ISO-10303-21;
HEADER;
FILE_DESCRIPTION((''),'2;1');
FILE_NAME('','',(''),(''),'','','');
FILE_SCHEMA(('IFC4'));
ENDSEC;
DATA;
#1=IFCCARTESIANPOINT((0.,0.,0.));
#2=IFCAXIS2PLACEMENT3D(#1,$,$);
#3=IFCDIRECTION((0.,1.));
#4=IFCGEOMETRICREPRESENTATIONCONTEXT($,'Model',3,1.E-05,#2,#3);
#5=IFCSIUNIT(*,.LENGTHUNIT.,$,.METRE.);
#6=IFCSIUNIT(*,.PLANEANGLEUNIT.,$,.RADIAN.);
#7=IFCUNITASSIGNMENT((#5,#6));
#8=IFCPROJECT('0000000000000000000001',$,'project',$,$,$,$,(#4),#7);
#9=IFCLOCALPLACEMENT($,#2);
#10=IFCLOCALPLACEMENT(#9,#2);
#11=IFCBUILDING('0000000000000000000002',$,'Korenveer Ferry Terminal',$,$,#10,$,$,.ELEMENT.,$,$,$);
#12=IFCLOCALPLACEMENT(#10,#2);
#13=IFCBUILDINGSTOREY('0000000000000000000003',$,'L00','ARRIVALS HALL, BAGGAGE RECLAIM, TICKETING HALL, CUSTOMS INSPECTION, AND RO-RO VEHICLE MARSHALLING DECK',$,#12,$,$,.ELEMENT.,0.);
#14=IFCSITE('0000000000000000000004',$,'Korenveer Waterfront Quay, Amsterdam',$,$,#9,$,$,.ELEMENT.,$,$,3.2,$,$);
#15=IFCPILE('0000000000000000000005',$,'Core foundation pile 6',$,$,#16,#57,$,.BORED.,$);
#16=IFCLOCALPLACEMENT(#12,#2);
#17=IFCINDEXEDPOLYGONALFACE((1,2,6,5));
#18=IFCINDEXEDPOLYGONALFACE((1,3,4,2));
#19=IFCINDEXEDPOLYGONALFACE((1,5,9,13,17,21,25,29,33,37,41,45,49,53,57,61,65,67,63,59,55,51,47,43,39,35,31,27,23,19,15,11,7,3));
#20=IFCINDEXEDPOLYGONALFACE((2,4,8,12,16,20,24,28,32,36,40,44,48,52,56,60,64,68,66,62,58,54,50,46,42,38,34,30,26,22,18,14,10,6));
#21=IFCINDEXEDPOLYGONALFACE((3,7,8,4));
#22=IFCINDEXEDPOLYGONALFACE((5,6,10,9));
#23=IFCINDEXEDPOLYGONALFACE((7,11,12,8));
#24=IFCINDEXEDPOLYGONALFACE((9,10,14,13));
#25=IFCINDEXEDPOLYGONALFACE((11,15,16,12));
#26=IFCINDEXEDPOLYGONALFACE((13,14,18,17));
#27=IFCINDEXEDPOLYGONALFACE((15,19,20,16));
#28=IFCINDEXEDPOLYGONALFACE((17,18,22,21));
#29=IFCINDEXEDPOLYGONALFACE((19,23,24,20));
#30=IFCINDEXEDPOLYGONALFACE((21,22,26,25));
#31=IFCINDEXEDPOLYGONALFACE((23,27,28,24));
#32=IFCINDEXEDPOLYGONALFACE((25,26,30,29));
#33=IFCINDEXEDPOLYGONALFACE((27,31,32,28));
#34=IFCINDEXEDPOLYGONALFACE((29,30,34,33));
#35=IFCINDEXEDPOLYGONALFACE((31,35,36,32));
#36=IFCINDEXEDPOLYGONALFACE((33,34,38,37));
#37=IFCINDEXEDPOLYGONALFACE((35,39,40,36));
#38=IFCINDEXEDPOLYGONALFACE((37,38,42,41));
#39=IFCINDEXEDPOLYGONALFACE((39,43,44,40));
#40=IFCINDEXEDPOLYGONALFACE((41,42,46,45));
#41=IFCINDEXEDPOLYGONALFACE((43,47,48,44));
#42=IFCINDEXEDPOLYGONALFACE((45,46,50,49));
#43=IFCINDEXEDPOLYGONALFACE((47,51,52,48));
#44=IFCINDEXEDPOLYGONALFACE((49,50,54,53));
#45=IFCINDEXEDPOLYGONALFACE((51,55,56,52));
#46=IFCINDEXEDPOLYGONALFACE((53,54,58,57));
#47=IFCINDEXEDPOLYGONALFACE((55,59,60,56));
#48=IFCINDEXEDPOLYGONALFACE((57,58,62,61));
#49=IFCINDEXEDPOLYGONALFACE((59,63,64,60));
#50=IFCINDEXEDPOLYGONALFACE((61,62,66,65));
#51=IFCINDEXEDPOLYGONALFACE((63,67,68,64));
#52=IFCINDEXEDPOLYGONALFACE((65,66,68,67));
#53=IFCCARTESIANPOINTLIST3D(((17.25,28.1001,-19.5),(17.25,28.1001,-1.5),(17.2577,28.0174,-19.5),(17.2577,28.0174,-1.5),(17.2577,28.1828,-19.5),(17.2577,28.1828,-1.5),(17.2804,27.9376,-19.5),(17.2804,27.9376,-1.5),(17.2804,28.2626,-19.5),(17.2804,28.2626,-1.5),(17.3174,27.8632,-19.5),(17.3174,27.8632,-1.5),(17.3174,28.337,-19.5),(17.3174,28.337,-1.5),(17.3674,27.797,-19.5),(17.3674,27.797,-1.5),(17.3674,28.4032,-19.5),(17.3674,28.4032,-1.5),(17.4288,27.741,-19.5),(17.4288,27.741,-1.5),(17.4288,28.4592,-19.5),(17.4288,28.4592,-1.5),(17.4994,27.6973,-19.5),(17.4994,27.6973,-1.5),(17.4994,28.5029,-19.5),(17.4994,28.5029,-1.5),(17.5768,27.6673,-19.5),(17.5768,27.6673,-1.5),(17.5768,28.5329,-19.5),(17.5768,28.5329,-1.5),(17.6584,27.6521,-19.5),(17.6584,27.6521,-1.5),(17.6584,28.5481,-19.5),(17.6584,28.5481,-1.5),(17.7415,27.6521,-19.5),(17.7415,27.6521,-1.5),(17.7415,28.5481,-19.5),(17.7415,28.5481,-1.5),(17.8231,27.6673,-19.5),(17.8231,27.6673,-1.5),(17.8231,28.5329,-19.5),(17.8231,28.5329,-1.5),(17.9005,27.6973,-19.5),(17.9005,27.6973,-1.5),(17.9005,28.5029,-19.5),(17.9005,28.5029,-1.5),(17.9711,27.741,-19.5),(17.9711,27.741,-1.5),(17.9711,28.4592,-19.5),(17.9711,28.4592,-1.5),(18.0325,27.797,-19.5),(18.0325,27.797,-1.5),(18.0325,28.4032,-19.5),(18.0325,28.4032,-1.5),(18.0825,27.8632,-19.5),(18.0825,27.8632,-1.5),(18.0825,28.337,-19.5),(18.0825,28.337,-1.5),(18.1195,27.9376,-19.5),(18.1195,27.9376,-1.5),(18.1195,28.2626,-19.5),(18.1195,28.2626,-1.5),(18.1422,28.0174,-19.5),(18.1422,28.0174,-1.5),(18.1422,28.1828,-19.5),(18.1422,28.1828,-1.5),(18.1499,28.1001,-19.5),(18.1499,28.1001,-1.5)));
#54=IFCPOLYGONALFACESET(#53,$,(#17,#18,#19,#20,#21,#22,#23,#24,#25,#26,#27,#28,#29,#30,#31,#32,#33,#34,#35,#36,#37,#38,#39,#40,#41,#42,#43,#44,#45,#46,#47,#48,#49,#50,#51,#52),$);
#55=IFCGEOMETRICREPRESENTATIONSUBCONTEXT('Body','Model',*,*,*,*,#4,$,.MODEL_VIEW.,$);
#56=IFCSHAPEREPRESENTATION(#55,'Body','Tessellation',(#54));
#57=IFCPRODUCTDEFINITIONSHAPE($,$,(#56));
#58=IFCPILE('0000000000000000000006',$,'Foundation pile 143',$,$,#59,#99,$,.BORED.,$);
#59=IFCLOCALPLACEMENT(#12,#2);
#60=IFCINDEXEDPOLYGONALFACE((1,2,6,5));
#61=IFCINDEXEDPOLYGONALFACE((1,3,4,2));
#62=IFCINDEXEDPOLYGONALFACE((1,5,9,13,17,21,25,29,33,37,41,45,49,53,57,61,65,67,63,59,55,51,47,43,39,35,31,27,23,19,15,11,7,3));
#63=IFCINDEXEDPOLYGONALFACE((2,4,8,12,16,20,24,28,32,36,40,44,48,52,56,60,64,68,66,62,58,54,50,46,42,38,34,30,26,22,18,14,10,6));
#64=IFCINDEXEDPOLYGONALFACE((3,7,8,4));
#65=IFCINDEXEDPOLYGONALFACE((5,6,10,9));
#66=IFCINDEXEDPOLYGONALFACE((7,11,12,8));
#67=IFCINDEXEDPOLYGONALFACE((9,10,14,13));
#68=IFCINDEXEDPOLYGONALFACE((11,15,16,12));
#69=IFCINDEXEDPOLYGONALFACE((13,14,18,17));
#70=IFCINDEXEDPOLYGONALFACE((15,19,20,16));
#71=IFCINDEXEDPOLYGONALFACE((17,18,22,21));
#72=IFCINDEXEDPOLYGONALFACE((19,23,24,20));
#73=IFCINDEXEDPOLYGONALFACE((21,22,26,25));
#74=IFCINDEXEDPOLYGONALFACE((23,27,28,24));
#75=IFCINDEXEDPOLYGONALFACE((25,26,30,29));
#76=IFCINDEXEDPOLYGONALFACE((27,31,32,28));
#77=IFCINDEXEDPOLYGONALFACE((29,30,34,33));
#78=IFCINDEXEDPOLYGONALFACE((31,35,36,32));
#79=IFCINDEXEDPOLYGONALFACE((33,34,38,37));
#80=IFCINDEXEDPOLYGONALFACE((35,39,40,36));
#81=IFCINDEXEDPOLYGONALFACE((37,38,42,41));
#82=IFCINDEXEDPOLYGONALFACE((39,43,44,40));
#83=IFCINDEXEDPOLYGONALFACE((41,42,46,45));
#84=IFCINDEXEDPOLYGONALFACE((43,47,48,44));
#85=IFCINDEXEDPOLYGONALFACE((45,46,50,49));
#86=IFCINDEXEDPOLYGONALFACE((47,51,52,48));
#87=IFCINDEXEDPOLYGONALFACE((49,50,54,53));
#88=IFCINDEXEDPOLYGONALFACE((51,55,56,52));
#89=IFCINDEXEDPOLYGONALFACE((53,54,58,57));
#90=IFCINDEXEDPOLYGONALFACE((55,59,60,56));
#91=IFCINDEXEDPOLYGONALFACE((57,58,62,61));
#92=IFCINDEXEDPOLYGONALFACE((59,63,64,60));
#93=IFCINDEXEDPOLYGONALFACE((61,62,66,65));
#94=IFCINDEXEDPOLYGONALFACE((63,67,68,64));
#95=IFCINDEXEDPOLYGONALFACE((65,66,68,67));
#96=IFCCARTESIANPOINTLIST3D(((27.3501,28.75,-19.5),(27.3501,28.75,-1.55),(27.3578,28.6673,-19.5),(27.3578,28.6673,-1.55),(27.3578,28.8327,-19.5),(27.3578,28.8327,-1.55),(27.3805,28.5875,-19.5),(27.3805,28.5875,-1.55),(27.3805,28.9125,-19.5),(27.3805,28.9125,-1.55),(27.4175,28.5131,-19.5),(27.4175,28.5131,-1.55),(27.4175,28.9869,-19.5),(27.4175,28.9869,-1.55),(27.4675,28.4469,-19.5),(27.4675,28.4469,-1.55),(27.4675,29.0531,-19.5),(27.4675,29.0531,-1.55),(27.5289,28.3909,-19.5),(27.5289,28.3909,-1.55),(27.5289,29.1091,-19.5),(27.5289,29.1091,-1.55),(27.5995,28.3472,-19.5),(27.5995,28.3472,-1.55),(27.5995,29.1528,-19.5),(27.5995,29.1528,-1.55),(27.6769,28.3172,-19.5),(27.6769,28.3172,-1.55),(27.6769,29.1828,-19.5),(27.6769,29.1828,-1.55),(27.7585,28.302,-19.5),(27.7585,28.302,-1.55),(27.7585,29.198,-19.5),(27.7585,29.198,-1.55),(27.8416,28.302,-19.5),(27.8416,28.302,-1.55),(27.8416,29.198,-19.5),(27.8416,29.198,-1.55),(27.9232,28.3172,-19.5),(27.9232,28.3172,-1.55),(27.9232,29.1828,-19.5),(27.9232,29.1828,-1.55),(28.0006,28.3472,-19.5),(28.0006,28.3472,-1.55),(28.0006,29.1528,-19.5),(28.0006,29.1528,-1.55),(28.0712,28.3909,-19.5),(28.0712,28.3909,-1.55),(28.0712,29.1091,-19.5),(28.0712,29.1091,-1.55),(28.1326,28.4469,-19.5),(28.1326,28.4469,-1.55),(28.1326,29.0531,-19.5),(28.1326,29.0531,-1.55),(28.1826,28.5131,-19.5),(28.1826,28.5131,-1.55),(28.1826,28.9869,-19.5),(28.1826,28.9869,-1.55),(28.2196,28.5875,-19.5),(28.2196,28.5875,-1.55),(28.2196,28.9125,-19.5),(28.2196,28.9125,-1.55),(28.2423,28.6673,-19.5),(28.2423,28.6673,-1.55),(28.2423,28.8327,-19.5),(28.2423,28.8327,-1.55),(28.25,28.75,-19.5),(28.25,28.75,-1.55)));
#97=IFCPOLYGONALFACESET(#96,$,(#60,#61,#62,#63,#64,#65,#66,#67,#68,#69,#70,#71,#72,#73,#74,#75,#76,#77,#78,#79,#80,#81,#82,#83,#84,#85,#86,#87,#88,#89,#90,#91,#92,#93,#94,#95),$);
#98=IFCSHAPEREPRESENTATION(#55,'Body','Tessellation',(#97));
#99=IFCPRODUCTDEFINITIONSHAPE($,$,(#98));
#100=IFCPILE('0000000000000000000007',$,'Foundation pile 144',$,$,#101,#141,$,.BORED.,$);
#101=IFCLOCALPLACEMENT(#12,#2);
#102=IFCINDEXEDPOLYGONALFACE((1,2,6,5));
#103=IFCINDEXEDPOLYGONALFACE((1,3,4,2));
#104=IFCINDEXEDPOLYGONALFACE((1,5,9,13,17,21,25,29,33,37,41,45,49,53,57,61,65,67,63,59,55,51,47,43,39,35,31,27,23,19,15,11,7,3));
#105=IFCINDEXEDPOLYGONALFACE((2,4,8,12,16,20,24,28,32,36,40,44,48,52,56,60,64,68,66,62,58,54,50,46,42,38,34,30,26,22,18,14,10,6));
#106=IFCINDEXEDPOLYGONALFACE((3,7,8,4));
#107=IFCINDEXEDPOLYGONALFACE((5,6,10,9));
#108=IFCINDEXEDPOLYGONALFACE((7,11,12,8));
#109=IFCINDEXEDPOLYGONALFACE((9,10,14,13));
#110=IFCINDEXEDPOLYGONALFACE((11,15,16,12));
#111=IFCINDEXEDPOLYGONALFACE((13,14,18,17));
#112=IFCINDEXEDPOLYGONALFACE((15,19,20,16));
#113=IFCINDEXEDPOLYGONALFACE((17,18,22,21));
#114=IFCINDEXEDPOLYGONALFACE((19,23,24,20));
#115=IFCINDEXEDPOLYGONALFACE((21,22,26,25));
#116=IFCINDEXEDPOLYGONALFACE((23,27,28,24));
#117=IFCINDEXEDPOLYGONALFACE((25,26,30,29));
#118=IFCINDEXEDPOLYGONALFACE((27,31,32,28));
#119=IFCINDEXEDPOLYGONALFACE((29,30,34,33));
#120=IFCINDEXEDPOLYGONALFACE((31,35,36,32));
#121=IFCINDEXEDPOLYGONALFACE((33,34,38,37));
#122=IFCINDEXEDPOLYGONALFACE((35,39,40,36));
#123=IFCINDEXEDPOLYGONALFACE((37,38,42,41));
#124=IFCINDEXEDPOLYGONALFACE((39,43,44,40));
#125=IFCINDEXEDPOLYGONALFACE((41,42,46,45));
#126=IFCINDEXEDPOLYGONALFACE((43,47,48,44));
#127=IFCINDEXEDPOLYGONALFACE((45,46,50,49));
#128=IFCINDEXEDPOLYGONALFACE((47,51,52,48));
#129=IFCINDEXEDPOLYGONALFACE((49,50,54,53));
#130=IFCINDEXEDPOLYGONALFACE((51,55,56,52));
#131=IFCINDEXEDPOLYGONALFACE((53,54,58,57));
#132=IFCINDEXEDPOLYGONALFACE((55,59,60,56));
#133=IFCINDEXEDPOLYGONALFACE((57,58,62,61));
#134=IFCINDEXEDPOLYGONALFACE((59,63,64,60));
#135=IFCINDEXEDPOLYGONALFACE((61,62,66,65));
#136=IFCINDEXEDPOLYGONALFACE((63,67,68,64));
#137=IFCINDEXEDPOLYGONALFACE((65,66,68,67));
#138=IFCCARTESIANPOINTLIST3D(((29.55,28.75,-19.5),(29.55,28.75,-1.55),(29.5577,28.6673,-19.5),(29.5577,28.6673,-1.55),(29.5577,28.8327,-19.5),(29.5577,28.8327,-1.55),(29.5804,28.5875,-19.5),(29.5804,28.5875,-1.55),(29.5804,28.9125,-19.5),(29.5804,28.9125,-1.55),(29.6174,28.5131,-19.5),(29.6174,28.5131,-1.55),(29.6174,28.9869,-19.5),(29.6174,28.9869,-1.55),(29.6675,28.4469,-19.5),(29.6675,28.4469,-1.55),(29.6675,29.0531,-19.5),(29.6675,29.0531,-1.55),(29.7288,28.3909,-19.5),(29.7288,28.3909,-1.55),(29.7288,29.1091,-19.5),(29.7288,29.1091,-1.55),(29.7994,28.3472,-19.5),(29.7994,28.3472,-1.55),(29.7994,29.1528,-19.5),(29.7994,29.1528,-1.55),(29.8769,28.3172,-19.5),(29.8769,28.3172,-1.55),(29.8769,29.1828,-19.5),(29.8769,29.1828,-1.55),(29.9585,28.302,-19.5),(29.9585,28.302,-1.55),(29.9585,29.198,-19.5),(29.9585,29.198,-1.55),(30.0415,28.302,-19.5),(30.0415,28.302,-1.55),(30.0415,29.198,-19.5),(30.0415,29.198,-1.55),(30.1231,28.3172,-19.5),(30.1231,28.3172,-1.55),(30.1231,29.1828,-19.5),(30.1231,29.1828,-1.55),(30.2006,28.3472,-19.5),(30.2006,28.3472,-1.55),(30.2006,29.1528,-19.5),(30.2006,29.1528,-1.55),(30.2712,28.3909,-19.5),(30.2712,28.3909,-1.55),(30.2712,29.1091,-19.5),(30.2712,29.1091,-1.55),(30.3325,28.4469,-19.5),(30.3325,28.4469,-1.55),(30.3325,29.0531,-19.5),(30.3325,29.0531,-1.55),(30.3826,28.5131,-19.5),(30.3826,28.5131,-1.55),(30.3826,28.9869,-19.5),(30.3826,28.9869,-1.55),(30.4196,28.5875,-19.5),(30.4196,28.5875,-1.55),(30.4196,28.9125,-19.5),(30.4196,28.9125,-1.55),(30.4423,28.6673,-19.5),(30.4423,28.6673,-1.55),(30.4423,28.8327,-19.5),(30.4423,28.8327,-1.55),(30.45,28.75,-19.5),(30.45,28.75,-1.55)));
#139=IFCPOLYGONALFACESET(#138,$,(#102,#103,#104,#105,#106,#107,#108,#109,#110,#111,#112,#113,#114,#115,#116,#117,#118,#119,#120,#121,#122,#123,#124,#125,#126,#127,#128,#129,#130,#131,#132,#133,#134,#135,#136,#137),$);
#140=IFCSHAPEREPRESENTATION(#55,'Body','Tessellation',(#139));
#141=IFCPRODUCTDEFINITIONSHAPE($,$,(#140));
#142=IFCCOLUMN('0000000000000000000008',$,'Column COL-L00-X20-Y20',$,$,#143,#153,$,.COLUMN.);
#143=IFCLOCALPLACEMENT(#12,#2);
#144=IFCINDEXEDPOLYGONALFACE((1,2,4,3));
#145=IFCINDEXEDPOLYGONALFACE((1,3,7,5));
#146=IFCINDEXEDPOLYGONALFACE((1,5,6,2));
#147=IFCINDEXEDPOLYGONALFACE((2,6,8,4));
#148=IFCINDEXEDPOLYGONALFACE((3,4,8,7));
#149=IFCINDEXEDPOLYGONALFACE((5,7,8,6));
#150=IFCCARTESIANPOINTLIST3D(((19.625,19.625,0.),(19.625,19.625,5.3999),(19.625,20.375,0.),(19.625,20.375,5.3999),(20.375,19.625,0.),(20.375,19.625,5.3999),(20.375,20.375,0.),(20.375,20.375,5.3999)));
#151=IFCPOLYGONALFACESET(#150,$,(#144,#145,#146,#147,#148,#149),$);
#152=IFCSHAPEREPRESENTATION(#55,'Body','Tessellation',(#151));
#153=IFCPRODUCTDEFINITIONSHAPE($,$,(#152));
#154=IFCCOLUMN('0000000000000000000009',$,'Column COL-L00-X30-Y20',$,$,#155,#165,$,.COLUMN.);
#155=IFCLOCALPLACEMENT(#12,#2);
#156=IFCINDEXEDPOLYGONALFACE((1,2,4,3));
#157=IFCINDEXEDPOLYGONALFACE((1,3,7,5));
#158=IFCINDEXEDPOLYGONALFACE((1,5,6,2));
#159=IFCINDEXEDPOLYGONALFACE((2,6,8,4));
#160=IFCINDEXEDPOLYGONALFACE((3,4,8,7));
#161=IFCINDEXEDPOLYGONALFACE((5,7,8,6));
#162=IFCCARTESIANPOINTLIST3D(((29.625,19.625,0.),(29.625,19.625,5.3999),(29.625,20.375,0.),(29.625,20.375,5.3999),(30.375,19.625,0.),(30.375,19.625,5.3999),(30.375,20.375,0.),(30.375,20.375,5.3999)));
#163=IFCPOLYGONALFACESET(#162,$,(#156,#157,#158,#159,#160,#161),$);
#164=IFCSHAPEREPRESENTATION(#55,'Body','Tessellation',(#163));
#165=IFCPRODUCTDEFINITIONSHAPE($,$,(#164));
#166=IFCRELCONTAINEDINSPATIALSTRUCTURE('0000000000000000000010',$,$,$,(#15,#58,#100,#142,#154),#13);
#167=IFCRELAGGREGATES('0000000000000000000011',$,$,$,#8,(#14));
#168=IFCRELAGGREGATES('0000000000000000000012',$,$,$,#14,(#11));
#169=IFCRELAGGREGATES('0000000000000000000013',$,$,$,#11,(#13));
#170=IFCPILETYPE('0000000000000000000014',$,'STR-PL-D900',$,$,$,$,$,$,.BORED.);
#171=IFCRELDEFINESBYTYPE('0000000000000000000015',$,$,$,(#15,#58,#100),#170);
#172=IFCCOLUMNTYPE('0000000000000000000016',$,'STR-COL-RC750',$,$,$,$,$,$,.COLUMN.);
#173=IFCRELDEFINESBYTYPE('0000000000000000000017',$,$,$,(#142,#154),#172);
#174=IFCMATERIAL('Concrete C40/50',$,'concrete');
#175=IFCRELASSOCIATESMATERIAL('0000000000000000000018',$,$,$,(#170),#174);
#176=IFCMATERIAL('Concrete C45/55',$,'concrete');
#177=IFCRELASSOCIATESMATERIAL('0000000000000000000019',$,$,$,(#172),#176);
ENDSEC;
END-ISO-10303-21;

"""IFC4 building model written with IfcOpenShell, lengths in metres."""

from ifc_helpers import new_model, si_unit, direction, frame, origin, origin_2d, place, context, subcontext, project, spatial, rectangle, circle, extrude, material, material_profile, profile_set, type_object, element, save


model = new_model("IFC4")

# Units and contexts
model_context = context("Model", 3, precision=1e-05, world=origin(), true_north=direction((0.0, 1.0)))
body_context = subcontext(model_context, "Body", "Model", "MODEL_VIEW")
ifc_project = project(units=[si_unit("LENGTHUNIT", "METRE"), si_unit("PLANEANGLEUNIT", "RADIAN")], contexts=[model_context])

# Site, building, storey
site_placement = place(None, origin())
site = spatial("IfcSite", under=ifc_project, at=site_placement, Name="Korenveer Waterfront Quay, Amsterdam", CompositionType="ELEMENT", RefElevation=3.2)
building_placement = place(site_placement, origin())
building = spatial("IfcBuilding", under=site, at=building_placement, Name="Korenveer Ferry Terminal", CompositionType="ELEMENT")
storey_placement = place(building_placement, origin())
storey = spatial("IfcBuildingStorey", under=building, at=storey_placement, Name="L00", Description="ARRIVALS HALL, BAGGAGE RECLAIM, TICKETING HALL, CUSTOMS INSPECTION, AND RO-RO VEHICLE MARSHALLING DECK", CompositionType="ELEMENT", Elevation=0.0)

# Shared definitions
ifc_material_1 = material(Name="Concrete C40/50", Category="concrete")
ifc_material_2 = material(Name="Concrete C45/55", Category="concrete")

# Piles
ifc_material_profile_1 = material_profile(ifc_material_1, circle(Radius=0.45, at=origin_2d()), Name="PILE D900")
ifc_profile_set_1 = profile_set([ifc_material_profile_1], Name="Concrete C40/50")
pile_type_1 = type_object("IfcPileType", Name="STR-PL-D900", PredefinedType="BORED", material=ifc_profile_set_1)
for number, where, z_axis, x_axis, name in (
    (1, (17.7, 28.1001, -1.5), (0.0, 0.0, -1.0), (1.0, 0.0, 0.0), "Core foundation pile 6"),
):
    element("IfcPile", number, at=place(storey_placement, frame(where, z_axis=z_axis, x_axis=x_axis)), inside=storey, type_object=pile_type_1, Name=name, PredefinedType="BORED", context=body_context, shape_type="SweptSolid", body=[
        extrude(circle(Radius=0.45, at=origin_2d()), origin(), (0.0, 0.0, 1.0), 18.0),
    ])
for number, where, z_axis, x_axis, name in (
    (2, (27.8, 28.75, -1.55), (0.0, 0.0, -1.0), (1.0, 0.0, 0.0), "Foundation pile 143"),
    (3, (30.0, 28.75, -1.55), (0.0, 0.0, -1.0), (1.0, 0.0, 0.0), "Foundation pile 144"),
):
    element("IfcPile", number, at=place(storey_placement, frame(where, z_axis=z_axis, x_axis=x_axis)), inside=storey, type_object=pile_type_1, Name=name, PredefinedType="BORED", context=body_context, shape_type="SweptSolid", body=[
        extrude(circle(Radius=0.45, at=origin_2d()), origin(), (0.0, 0.0, 1.0), 17.95),
    ])

# Columns
ifc_material_profile_2 = material_profile(ifc_material_2, rectangle(XDim=0.75, YDim=0.75, at=origin_2d()), Name="RC 750x750")
ifc_profile_set_2 = profile_set([ifc_material_profile_2], Name="Concrete C45/55")
column_type = type_object("IfcColumnType", Name="STR-COL-RC750", PredefinedType="COLUMN", material=ifc_profile_set_2)
for number, where, z_axis, x_axis, name in (
    (4, (20.0, 20.0, 0.0), (0.0, 0.0, 1.0), (1.0, 0.0, 0.0), "Column COL-L00-X20-Y20"),
    (5, (30.0, 20.0, 0.0), (0.0, 0.0, 1.0), (1.0, 0.0, 0.0), "Column COL-L00-X30-Y20"),
):
    element("IfcColumn", number, at=place(storey_placement, frame(where, z_axis=z_axis, x_axis=x_axis)), inside=storey, type_object=column_type, Name=name, PredefinedType="COLUMN", context=body_context, shape_type="SweptSolid", body=[
        extrude(rectangle(XDim=0.75, YDim=0.75, at=origin_2d()), origin(), (0.0, 0.0, 1.0), 5.3999),
    ])

save(model, "model.ifc")
